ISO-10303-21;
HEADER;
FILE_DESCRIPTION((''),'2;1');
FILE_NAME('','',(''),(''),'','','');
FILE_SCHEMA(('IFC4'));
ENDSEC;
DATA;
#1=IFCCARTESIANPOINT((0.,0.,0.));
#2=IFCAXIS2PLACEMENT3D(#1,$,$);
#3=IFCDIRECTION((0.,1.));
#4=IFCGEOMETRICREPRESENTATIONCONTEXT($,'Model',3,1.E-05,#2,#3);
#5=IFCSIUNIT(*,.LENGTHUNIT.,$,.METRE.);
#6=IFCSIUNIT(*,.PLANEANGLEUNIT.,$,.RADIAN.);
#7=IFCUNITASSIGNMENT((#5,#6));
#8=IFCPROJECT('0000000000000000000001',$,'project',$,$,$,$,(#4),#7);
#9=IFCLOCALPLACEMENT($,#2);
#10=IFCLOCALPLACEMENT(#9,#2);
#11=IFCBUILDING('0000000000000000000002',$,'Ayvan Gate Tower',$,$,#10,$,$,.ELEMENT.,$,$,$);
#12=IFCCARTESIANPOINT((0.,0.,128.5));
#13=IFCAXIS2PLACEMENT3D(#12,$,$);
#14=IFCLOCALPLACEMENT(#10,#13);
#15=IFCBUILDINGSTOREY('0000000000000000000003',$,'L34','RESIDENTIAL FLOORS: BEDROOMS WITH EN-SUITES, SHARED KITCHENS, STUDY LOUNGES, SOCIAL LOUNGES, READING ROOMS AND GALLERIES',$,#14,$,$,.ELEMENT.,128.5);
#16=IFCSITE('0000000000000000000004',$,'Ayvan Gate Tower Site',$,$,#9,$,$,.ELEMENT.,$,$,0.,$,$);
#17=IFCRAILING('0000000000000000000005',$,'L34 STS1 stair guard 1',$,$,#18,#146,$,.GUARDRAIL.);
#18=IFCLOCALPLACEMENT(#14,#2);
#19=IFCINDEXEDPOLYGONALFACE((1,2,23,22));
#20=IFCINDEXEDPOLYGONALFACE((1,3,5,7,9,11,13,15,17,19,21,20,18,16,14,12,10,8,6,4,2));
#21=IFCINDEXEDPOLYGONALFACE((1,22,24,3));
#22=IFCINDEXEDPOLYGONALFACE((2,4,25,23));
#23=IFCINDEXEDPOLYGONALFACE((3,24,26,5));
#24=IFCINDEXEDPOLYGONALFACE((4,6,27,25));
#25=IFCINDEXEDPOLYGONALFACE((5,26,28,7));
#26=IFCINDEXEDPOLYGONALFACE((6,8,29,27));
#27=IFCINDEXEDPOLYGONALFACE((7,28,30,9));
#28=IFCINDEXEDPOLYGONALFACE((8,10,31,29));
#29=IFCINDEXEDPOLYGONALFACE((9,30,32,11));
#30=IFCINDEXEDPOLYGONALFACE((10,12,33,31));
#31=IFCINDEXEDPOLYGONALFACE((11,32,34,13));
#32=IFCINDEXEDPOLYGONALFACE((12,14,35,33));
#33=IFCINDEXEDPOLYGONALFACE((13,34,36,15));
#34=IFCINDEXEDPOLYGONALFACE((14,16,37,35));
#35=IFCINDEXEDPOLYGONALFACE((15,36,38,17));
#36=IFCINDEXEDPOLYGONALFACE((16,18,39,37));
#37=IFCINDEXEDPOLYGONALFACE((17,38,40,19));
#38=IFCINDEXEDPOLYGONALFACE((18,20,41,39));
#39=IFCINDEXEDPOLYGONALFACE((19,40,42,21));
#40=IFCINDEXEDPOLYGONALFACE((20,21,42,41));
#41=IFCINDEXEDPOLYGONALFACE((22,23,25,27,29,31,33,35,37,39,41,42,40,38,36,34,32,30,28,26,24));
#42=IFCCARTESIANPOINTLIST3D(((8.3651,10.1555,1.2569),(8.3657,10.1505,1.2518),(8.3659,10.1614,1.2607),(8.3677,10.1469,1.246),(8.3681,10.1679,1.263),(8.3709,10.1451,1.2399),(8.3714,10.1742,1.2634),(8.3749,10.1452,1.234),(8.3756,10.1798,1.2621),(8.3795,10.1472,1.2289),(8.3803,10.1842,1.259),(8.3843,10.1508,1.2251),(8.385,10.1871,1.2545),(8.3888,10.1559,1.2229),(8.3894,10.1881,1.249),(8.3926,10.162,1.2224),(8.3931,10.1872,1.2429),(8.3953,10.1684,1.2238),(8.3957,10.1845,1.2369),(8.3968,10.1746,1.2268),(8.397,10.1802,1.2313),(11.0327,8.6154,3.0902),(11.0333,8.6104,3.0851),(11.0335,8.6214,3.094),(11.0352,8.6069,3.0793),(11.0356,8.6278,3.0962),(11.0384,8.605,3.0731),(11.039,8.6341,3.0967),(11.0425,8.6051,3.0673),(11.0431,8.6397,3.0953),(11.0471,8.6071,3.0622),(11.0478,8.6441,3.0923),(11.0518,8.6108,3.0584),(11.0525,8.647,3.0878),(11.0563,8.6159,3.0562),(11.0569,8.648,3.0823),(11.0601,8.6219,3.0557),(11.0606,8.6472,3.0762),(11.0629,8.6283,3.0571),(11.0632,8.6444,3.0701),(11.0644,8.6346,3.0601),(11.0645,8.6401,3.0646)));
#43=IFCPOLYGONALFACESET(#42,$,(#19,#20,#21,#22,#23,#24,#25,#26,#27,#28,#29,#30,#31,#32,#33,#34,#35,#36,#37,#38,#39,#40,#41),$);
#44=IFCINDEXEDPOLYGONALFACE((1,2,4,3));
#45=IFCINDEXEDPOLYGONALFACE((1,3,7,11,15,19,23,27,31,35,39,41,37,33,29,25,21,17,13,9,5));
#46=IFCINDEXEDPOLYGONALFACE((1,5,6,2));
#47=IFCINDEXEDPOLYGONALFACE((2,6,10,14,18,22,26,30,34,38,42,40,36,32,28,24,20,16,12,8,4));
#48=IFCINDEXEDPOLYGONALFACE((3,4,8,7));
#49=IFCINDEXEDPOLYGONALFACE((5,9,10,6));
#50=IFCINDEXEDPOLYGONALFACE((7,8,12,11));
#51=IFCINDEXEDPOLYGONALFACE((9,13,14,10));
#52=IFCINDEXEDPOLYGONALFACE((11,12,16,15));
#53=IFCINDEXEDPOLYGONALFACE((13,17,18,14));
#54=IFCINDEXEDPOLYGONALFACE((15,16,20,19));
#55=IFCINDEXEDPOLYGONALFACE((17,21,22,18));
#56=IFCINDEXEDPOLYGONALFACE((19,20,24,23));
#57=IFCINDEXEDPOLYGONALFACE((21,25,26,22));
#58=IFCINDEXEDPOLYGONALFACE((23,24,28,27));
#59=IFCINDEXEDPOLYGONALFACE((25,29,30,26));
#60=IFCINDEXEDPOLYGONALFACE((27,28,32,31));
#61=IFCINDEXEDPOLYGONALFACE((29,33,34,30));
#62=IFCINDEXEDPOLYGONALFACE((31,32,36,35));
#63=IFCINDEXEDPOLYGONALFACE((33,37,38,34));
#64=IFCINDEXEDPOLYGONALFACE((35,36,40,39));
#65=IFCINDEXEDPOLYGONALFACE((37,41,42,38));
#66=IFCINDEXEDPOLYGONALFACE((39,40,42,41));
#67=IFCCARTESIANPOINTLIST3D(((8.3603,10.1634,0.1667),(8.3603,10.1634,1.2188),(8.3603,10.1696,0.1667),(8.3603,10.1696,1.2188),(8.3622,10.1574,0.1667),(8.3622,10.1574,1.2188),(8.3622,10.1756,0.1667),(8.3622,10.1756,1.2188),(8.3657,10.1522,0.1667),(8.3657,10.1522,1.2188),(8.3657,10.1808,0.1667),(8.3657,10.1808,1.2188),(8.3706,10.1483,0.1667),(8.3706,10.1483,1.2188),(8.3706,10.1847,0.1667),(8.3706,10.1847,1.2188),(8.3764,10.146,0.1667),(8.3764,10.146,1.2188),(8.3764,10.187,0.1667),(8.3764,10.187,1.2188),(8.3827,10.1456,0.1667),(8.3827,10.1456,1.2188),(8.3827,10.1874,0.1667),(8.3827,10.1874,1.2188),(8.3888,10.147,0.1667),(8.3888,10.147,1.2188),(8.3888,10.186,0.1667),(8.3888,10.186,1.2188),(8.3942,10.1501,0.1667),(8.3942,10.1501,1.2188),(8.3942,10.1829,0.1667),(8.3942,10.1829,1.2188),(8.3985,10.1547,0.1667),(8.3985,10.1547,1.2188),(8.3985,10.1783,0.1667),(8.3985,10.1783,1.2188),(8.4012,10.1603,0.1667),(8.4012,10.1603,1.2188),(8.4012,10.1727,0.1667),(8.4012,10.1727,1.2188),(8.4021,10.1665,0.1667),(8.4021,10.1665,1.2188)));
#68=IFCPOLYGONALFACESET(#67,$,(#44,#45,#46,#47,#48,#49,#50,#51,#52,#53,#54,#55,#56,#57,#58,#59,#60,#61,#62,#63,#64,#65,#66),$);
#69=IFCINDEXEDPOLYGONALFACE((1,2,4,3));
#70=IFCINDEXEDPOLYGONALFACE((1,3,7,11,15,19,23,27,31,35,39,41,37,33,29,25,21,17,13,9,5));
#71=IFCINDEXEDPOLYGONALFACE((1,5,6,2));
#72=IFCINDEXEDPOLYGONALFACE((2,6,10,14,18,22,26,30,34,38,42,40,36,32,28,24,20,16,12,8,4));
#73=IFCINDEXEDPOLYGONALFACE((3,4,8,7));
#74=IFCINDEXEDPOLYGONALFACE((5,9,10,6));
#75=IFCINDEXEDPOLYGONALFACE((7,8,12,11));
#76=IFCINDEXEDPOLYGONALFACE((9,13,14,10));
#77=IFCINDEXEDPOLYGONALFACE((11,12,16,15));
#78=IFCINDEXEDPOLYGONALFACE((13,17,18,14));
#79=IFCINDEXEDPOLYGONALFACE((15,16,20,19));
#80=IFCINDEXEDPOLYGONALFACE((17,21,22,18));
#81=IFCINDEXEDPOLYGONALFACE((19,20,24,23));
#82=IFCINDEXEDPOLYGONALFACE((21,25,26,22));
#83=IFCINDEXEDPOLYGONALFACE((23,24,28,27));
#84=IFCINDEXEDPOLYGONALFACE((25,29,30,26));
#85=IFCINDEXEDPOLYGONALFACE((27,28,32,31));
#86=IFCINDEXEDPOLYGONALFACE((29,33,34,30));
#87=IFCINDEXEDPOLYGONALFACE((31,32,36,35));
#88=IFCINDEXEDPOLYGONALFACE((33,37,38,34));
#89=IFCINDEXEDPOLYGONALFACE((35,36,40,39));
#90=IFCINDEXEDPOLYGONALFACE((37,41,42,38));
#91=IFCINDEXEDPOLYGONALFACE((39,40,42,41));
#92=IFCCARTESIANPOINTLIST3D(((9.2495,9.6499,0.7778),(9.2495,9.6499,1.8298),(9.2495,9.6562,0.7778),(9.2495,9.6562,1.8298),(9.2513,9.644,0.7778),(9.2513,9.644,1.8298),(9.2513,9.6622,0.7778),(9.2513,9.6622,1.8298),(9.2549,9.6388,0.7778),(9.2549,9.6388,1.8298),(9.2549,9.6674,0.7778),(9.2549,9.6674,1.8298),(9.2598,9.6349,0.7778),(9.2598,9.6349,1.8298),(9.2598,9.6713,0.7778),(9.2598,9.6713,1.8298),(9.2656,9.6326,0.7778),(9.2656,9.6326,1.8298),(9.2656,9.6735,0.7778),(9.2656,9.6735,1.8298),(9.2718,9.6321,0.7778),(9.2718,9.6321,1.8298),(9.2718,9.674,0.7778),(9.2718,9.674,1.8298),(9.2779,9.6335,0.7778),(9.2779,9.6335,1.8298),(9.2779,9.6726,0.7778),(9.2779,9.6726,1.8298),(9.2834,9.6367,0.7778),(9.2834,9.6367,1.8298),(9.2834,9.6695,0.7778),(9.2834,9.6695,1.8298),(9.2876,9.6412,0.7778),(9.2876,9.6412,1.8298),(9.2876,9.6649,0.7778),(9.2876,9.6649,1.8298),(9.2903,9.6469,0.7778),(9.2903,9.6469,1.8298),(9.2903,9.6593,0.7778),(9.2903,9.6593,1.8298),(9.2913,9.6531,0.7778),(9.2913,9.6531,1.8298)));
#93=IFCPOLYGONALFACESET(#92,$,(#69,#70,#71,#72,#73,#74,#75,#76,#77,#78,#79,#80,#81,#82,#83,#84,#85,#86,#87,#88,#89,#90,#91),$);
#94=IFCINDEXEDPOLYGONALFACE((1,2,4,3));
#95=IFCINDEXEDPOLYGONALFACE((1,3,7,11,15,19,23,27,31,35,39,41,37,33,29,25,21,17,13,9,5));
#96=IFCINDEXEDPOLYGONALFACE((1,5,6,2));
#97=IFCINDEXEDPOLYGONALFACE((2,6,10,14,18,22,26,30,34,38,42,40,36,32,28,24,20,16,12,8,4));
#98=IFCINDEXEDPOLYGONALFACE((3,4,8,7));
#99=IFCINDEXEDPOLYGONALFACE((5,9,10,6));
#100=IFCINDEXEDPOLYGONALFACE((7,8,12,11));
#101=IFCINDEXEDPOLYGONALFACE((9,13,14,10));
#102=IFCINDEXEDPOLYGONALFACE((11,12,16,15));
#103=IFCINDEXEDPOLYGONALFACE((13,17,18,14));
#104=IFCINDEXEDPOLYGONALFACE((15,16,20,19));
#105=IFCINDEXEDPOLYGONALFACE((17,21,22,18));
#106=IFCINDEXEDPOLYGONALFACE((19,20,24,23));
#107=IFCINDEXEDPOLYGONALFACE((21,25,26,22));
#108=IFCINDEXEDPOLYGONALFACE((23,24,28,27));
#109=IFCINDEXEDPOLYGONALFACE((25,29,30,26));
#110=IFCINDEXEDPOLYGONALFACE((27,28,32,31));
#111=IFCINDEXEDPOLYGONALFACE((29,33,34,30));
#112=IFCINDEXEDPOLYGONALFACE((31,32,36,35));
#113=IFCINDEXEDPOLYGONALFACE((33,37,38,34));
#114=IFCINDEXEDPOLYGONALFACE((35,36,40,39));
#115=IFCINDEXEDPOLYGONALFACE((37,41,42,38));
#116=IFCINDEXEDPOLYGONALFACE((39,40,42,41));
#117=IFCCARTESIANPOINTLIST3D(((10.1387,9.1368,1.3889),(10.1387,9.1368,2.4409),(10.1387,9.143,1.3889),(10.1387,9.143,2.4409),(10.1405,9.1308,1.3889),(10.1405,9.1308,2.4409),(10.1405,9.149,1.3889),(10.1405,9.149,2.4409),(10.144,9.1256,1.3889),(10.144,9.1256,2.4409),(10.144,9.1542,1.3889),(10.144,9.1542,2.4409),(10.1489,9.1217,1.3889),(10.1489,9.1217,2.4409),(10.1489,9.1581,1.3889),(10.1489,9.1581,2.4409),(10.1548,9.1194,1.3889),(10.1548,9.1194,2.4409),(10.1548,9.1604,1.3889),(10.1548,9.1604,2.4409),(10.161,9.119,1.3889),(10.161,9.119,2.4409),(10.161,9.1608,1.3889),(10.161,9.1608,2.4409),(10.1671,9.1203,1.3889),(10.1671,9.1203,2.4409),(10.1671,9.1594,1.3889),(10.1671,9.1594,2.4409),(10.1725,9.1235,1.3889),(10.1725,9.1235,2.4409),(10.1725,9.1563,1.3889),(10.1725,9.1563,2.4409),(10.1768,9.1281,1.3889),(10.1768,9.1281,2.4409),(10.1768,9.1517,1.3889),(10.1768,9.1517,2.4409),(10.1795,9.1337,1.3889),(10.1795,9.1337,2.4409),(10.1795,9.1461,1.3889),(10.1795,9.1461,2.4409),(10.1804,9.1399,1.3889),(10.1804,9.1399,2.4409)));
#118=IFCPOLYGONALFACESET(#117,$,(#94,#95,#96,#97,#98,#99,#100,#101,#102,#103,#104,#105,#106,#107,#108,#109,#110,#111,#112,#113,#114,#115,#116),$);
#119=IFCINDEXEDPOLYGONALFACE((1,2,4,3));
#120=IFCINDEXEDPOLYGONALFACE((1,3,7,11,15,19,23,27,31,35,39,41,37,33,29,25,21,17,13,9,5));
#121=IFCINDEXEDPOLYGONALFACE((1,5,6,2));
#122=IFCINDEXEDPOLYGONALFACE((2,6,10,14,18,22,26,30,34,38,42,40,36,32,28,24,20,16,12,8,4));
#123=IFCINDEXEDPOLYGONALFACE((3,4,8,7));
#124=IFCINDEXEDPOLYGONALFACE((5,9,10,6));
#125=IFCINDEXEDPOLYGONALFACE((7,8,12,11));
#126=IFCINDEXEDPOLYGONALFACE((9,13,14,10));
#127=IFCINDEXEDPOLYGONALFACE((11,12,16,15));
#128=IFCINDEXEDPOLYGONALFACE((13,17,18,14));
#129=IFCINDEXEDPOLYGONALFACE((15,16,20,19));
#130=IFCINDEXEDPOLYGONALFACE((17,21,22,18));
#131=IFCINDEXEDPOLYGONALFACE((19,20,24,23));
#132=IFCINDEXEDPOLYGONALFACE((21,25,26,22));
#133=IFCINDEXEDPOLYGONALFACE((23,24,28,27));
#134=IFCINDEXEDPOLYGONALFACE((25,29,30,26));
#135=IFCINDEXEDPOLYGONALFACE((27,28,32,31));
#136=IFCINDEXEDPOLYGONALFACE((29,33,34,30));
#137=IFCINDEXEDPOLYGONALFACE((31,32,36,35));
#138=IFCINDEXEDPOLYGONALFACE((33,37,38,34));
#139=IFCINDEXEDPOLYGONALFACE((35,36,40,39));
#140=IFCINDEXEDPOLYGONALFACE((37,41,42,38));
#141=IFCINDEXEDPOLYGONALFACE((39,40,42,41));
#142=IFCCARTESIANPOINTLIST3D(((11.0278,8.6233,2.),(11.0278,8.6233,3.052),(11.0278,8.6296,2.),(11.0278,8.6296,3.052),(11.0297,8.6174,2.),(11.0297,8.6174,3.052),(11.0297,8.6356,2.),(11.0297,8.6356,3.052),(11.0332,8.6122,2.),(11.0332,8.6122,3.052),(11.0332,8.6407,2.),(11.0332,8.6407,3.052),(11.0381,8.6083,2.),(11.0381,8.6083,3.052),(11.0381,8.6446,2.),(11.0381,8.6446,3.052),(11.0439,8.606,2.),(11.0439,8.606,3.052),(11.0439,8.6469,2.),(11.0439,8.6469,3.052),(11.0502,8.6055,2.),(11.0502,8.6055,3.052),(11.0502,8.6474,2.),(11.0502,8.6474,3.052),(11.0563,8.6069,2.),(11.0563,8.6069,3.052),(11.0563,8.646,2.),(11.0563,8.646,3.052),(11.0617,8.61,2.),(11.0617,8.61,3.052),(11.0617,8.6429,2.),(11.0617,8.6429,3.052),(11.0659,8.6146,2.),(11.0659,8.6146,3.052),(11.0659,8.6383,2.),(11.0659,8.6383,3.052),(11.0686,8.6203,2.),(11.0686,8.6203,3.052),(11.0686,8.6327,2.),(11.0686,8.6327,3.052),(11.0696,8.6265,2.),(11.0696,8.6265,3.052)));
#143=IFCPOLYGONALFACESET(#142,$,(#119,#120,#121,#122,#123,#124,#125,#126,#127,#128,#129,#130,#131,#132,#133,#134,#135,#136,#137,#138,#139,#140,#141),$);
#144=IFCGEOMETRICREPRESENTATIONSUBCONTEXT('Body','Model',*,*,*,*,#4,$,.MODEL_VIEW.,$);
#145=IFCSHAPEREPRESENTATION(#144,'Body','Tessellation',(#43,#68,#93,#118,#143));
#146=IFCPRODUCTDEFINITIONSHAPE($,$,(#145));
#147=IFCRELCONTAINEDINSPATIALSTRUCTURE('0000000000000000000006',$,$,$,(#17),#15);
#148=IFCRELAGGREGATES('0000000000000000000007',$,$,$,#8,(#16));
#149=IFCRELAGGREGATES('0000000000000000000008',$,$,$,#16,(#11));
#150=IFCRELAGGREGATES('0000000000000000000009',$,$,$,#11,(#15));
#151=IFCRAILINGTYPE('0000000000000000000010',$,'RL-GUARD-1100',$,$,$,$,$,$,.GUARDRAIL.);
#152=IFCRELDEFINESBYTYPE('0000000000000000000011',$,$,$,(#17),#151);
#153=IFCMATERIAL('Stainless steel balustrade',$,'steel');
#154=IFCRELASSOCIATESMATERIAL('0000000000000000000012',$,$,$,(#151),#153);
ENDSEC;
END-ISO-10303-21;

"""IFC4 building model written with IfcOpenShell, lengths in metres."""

from ifc_helpers import new_model, si_unit, direction, frame, origin, origin_2d, place, context, subcontext, project, spatial, circle, extrude, material, type_object, element, save


model = new_model("IFC4")

# Units and contexts
model_context = context("Model", 3, precision=1e-05, world=origin(), true_north=direction((0.0, 1.0)))
body_context = subcontext(model_context, "Body", "Model", "MODEL_VIEW")
ifc_project = project(units=[si_unit("LENGTHUNIT", "METRE"), si_unit("PLANEANGLEUNIT", "RADIAN")], contexts=[model_context])

# Site, building, storey
site_placement = place(None, origin())
site = spatial("IfcSite", under=ifc_project, at=site_placement, Name="Ayvan Gate Tower Site", CompositionType="ELEMENT", RefElevation=0.0)
building_placement = place(site_placement, origin())
building = spatial("IfcBuilding", under=site, at=building_placement, Name="Ayvan Gate Tower", CompositionType="ELEMENT")
storey_placement = place(building_placement, frame((0.0, 0.0, 128.5)))
storey = spatial("IfcBuildingStorey", under=building, at=storey_placement, Name="L34", Description="RESIDENTIAL FLOORS: BEDROOMS WITH EN-SUITES, SHARED KITCHENS, STUDY LOUNGES, SOCIAL LOUNGES, READING ROOMS AND GALLERIES", CompositionType="ELEMENT", Elevation=128.5)

# Railing
ifc_material_1 = material(Name="Stainless steel balustrade", Category="steel")
railing_type_1 = type_object("IfcRailingType", Name="RL-GUARD-1100", PredefinedType="GUARDRAIL", material=ifc_material_1)
railing_1_placement = place(storey_placement, frame((8.3811, 10.1665, 0.1667)))
element("IfcRailing", 1, at=railing_1_placement, inside=storey, type_object=railing_type_1, Name="L34 STS1 stair guard 1", PredefinedType="GUARDRAIL", context=body_context, shape_type="SweptSolid", body=[
    extrude(circle(Radius=0.0239, at=origin_2d()), frame((0.0, 0.0, 1.0762), z_axis=(0.74419, -0.429649, 0.511452), x_axis=(0.499992, 0.86603, 0.0)), (0.0, 0.0, 1.0), 3.5845),
    extrude(circle(Radius=0.021, at=origin_2d()), origin(), (0.0, 0.0, 1.0), 1.052),
    extrude(circle(Radius=0.021, at=origin_2d()), frame((0.8892, -0.5134, 0.6111)), (0.0, 0.0, 1.0), 1.052),
    extrude(circle(Radius=0.021, at=origin_2d()), frame((1.7783, -1.0266, 1.2222)), (0.0, 0.0, 1.0), 1.052),
    extrude(circle(Radius=0.021, at=origin_2d()), frame((2.6675, -1.54, 1.8333)), (0.0, 0.0, 1.0), 1.052),
])

save(model, "model.ifc")
